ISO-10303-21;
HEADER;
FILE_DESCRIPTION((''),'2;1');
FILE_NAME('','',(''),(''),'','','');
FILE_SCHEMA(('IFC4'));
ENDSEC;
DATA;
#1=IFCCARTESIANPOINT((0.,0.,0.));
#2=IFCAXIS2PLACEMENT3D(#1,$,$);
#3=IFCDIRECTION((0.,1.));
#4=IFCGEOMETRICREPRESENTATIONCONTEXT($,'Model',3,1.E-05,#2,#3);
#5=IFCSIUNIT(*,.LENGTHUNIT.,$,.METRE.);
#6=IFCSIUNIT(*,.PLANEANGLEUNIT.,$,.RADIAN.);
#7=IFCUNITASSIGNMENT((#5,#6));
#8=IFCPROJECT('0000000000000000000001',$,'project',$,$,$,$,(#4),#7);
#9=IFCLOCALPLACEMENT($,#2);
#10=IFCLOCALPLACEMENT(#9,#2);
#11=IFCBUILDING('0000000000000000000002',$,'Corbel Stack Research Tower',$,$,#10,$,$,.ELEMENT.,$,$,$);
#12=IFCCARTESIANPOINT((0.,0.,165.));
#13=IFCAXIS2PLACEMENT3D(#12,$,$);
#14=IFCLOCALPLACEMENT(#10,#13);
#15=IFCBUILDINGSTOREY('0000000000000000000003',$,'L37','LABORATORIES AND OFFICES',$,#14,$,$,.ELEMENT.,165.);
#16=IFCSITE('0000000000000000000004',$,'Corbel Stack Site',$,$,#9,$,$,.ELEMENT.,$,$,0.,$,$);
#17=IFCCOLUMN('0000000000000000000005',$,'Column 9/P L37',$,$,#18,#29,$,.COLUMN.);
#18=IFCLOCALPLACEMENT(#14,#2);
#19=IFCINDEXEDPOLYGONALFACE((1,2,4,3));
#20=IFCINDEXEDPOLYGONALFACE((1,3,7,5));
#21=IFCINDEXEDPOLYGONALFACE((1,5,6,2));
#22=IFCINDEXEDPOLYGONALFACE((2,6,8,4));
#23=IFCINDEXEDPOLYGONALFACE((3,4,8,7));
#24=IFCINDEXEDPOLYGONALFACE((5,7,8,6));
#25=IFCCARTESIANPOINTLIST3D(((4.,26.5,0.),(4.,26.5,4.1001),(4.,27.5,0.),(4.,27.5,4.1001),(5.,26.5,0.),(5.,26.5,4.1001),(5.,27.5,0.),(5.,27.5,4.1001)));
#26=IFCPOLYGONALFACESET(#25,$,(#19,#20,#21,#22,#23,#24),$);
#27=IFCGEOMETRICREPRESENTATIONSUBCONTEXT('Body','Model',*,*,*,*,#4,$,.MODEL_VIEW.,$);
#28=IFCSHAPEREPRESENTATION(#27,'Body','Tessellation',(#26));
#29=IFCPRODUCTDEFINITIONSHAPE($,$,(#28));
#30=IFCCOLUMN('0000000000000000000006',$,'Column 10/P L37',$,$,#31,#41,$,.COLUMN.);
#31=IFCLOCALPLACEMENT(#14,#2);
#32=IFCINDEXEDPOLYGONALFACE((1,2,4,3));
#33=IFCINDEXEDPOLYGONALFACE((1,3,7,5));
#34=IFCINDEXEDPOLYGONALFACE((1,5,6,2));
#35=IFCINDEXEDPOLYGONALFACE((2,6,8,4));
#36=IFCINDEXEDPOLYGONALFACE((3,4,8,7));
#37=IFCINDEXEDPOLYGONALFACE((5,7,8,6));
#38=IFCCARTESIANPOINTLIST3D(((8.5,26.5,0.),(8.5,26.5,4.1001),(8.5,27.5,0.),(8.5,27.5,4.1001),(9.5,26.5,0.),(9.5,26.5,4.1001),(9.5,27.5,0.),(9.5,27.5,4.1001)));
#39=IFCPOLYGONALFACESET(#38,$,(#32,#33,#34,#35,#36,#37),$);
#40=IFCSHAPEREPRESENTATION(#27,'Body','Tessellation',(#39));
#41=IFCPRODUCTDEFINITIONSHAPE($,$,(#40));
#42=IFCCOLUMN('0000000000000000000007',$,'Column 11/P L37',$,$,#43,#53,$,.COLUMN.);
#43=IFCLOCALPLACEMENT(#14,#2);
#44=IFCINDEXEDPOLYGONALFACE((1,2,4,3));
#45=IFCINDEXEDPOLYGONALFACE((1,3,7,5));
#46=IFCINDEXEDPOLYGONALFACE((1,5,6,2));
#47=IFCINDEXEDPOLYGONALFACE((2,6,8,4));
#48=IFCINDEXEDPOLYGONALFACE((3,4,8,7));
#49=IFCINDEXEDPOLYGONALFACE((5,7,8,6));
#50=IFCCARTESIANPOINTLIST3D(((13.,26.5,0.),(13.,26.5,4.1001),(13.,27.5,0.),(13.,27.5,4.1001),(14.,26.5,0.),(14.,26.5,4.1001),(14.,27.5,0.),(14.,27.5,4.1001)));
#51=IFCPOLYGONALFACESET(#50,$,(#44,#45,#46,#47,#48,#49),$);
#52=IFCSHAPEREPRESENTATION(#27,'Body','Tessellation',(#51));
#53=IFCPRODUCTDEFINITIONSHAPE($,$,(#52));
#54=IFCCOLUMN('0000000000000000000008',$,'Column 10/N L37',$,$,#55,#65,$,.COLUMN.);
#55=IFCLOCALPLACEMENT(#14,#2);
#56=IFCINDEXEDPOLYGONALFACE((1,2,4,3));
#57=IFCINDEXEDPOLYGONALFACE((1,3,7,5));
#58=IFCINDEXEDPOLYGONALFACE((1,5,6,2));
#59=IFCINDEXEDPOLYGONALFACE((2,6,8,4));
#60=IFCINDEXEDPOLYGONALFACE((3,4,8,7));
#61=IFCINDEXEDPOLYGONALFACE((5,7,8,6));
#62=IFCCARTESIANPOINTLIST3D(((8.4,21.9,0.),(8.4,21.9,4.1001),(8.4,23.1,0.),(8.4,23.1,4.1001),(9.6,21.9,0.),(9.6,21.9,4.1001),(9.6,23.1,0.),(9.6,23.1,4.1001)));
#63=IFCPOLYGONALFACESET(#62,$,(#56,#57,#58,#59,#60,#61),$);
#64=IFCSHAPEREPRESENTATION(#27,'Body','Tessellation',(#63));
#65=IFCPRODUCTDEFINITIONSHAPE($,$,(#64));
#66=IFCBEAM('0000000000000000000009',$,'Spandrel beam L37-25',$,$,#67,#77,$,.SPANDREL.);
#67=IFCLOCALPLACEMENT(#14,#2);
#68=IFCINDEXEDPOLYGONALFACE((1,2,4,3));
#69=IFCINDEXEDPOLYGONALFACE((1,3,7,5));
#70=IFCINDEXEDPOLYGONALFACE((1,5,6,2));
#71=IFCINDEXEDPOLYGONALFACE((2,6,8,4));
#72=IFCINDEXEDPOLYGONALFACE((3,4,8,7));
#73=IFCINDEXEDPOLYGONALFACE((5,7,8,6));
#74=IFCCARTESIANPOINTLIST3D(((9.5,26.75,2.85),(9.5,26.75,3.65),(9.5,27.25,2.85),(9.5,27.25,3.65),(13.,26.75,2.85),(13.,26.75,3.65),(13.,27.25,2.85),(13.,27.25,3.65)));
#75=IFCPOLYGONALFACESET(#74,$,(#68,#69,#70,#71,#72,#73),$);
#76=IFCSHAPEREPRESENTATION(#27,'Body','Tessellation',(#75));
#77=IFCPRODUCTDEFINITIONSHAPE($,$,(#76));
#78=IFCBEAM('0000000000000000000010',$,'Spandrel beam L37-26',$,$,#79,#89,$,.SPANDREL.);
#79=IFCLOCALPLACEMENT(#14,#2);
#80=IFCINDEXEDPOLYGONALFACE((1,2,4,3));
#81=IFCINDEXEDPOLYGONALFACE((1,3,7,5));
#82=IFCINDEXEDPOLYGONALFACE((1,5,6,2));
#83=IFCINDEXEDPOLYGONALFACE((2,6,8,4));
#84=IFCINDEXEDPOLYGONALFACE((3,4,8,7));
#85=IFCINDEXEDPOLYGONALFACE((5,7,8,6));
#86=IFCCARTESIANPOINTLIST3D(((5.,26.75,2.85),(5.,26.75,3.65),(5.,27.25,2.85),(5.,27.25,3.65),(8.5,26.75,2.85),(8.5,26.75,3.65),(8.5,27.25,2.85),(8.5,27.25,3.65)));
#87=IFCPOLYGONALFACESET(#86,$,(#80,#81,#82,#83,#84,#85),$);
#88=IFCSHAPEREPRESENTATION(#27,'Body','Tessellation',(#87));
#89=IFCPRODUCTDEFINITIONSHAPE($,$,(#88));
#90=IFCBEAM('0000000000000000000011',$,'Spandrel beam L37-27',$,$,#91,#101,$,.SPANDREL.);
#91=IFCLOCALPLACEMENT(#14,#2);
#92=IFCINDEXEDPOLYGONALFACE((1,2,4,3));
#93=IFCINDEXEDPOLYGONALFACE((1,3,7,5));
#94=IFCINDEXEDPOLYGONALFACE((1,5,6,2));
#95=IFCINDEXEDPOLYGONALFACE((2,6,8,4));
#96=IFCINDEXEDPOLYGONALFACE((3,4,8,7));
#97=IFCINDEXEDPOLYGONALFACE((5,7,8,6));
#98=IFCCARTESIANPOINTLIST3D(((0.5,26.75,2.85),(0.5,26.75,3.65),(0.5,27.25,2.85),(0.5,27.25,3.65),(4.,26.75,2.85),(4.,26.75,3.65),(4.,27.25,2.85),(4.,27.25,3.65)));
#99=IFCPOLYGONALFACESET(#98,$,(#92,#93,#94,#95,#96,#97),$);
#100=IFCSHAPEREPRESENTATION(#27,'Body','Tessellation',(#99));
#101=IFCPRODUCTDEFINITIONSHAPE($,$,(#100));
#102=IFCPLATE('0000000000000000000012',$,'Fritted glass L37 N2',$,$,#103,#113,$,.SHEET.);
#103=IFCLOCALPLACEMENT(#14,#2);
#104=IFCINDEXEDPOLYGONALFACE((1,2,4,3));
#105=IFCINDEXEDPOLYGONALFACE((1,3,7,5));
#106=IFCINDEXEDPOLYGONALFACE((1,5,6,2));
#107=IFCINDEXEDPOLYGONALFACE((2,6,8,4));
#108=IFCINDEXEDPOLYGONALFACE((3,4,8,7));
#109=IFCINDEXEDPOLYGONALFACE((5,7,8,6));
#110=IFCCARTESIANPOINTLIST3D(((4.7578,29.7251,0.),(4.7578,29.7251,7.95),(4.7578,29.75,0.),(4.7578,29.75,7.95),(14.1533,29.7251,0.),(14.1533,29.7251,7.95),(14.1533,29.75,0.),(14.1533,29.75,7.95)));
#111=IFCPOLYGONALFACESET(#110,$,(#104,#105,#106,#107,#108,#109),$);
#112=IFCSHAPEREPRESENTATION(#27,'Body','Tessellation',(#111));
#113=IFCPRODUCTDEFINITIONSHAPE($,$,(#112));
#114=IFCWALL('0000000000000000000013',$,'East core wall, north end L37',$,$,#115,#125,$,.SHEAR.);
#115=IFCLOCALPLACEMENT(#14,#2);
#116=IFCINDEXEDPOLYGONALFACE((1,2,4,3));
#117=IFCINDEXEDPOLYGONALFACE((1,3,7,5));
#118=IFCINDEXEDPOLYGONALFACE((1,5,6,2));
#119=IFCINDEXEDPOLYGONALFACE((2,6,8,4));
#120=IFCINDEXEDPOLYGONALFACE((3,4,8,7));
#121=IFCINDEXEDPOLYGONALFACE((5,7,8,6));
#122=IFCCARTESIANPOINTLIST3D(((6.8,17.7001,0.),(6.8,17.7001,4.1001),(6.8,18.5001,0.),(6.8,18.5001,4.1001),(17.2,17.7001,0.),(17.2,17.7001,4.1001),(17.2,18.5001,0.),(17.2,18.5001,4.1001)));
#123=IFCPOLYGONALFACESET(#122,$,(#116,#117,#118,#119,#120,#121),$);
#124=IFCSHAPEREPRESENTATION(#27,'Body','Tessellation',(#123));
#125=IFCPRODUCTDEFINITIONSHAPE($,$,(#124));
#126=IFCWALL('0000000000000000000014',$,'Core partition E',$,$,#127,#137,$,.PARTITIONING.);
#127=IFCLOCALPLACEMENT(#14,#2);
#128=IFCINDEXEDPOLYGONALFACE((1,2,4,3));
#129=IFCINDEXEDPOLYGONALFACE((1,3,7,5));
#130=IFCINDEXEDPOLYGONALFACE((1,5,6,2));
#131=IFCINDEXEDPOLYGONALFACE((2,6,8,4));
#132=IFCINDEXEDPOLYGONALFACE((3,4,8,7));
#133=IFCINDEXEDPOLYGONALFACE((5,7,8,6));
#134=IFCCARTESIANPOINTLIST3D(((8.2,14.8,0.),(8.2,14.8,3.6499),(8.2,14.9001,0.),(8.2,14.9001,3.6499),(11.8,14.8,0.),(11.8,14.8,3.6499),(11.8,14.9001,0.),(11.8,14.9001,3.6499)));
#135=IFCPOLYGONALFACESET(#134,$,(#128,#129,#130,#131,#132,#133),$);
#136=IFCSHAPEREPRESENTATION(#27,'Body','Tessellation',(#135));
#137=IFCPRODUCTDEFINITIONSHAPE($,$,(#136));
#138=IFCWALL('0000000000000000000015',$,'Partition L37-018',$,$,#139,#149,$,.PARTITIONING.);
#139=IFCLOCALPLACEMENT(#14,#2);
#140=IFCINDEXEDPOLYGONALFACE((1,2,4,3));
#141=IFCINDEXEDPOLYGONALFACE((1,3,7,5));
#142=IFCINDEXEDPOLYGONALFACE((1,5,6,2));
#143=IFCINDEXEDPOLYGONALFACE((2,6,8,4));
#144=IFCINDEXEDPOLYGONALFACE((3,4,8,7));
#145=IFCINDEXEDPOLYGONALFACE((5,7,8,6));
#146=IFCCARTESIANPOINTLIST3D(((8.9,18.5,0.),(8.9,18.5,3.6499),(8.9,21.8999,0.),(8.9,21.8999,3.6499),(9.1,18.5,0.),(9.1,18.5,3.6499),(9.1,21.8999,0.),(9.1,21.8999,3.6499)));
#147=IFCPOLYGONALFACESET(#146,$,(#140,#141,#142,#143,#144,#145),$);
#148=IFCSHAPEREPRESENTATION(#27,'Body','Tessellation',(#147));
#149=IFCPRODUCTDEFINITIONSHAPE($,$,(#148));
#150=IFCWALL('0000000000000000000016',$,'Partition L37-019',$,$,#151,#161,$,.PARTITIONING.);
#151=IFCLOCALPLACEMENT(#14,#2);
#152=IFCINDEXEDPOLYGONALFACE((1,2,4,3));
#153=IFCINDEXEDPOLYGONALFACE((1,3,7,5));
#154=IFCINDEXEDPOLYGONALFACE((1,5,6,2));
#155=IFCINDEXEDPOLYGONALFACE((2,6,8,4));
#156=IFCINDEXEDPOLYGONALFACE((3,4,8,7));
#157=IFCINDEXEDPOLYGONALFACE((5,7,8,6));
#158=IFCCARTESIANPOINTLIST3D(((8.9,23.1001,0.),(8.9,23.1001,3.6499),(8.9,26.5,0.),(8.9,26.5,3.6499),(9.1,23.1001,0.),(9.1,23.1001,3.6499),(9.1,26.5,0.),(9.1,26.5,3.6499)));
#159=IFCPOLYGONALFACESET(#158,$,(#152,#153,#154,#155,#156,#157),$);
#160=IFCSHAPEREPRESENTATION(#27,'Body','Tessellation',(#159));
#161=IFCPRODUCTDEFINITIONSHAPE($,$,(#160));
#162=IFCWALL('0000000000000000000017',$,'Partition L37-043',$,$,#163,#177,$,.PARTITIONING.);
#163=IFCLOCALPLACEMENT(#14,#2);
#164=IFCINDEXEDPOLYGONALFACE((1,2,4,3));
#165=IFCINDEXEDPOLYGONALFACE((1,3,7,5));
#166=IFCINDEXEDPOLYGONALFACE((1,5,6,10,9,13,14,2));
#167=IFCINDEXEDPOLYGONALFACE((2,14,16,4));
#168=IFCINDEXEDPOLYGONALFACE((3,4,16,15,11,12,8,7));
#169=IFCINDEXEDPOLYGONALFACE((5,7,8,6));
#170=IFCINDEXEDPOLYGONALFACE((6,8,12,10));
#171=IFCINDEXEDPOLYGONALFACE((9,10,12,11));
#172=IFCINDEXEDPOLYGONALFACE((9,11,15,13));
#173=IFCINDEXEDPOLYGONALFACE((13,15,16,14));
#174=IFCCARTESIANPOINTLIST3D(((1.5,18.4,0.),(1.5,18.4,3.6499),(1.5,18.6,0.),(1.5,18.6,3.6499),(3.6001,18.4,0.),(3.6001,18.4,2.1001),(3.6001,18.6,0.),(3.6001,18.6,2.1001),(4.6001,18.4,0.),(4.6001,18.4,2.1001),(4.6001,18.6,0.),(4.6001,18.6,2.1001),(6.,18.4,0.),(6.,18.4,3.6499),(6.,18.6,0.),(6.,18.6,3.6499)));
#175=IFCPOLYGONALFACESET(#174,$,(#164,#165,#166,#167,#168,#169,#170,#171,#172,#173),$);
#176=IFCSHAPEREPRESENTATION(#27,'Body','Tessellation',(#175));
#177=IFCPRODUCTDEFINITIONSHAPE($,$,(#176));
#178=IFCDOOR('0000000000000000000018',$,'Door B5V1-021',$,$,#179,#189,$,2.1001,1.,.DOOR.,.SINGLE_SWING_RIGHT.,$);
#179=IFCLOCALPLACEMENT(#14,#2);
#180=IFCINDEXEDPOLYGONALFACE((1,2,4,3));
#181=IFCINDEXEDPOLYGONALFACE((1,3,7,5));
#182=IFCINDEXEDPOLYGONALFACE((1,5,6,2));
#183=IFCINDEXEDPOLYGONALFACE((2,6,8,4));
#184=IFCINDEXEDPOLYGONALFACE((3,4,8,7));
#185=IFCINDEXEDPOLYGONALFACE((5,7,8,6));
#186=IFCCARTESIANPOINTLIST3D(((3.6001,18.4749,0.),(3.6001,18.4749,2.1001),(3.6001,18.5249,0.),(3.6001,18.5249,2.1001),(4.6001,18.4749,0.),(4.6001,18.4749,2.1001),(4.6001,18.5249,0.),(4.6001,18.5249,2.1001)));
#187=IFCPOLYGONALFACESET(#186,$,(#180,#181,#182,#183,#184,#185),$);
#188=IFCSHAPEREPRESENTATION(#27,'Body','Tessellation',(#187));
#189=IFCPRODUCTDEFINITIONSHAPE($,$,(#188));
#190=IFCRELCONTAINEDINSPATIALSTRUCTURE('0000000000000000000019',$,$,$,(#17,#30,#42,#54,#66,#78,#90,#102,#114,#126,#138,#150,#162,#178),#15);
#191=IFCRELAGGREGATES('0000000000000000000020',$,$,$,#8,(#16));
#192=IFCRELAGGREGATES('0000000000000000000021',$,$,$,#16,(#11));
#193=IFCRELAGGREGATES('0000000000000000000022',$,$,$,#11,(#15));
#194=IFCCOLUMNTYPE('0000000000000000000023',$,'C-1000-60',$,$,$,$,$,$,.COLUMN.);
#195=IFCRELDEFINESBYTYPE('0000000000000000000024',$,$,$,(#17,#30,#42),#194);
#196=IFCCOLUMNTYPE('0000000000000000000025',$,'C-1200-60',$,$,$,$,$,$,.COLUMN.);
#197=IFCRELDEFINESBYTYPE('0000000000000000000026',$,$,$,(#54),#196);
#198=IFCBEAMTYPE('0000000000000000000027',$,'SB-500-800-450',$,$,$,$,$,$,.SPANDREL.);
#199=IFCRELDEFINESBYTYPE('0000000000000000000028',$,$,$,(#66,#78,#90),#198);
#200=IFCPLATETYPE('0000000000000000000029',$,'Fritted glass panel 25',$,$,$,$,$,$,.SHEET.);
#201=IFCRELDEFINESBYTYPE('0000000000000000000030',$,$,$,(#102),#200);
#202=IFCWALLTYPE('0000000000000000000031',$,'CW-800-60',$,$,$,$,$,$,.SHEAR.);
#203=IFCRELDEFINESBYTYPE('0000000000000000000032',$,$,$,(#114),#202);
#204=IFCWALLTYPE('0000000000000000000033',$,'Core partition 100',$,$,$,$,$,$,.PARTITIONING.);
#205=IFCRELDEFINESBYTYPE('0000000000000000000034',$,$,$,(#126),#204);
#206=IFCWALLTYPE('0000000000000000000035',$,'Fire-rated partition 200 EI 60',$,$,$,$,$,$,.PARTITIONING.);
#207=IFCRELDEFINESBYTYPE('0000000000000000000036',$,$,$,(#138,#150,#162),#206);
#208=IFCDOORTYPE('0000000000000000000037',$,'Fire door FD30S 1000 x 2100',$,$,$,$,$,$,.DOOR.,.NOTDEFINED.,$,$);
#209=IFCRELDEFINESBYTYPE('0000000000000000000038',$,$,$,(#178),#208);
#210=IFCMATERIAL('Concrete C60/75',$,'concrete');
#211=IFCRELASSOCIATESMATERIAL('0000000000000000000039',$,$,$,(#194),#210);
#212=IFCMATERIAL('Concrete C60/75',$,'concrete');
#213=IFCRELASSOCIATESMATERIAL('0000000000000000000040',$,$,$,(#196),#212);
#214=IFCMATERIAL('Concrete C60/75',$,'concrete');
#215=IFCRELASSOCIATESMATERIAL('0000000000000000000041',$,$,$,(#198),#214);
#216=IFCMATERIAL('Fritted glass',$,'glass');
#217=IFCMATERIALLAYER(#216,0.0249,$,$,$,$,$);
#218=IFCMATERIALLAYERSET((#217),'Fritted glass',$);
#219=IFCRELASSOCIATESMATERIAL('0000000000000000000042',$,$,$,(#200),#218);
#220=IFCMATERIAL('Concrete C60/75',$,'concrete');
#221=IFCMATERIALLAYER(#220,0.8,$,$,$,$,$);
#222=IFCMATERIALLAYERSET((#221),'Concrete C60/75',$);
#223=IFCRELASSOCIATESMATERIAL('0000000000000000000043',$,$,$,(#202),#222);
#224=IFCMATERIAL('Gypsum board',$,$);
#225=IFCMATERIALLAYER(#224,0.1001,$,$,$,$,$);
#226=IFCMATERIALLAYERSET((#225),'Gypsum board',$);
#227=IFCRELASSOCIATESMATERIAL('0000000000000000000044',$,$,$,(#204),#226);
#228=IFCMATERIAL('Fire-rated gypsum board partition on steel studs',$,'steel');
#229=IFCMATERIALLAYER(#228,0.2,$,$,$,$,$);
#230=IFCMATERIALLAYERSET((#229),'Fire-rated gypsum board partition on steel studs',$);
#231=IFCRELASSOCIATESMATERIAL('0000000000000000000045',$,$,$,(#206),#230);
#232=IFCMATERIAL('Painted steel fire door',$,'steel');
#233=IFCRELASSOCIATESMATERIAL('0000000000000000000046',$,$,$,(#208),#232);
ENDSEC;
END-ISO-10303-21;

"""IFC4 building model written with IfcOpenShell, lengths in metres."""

from ifc_helpers import new_model, si_unit, direction, frame, frame_2d, origin, origin_2d, place, context, subcontext, project, spatial, rectangle, extrude, material, layer, layer_set, material_profile, profile_set, type_object, element, fill, save


model = new_model("IFC4")

# Units and contexts
model_context = context("Model", 3, precision=1e-05, world=origin(), true_north=direction((0.0, 1.0)))
body_context = subcontext(model_context, "Body", "Model", "MODEL_VIEW")
ifc_project = project(units=[si_unit("LENGTHUNIT", "METRE"), si_unit("PLANEANGLEUNIT", "RADIAN")], contexts=[model_context])

# Site, building, storey
site_placement = place(None, origin())
site = spatial("IfcSite", under=ifc_project, at=site_placement, Name="Corbel Stack Site", CompositionType="ELEMENT", RefElevation=0.0)
building_placement = place(site_placement, origin())
building = spatial("IfcBuilding", under=site, at=building_placement, Name="Corbel Stack Research Tower", CompositionType="ELEMENT")
storey_placement = place(building_placement, frame((0.0, 0.0, 165.0)))
storey = spatial("IfcBuildingStorey", under=building, at=storey_placement, Name="L37", Description="LABORATORIES AND OFFICES", CompositionType="ELEMENT", Elevation=165.0)

# Columns
ifc_material_1 = material(Name="Concrete C60/75", Category="concrete")
ifc_material_profile_1 = material_profile(ifc_material_1, rectangle(XDim=1.0, YDim=1.0, at=origin_2d()), Name="RC 1000 x 1000")
ifc_profile_set_1 = profile_set([ifc_material_profile_1], Name="Concrete C60/75")
column_type_1 = type_object("IfcColumnType", Name="C-1000-60", PredefinedType="COLUMN", material=ifc_profile_set_1)
for number, where, z_axis, x_axis, name in (
    (1, (4.5, 27.0, 0.0), (0.0, 0.0, 1.0), (1.0, 0.0, 0.0), "Column 9/P L37"),
    (2, (9.0, 27.0, 0.0), (0.0, 0.0, 1.0), (1.0, 0.0, 0.0), "Column 10/P L37"),
    (3, (13.5, 27.0, 0.0), (0.0, 0.0, 1.0), (1.0, 0.0, 0.0), "Column 11/P L37"),
):
    element("IfcColumn", number, at=place(storey_placement, frame(where, z_axis=z_axis, x_axis=x_axis)), inside=storey, type_object=column_type_1, Name=name, PredefinedType="COLUMN", context=body_context, shape_type="SweptSolid", body=[
        extrude(rectangle(XDim=1.0, YDim=1.0, at=origin_2d()), origin(), (0.0, 0.0, 1.0), 4.1001),
    ])
ifc_material_2 = material(Name="Concrete C60/75", Category="concrete")
ifc_material_profile_2 = material_profile(ifc_material_2, rectangle(XDim=1.2, YDim=1.2, at=origin_2d()), Name="RC 1200 x 1200")
ifc_profile_set_2 = profile_set([ifc_material_profile_2], Name="Concrete C60/75")
column_type_2 = type_object("IfcColumnType", Name="C-1200-60", PredefinedType="COLUMN", material=ifc_profile_set_2)
column_placement = place(storey_placement, frame((9.0, 22.5, 0.0), z_axis=(0.0, 0.0, 1.0), x_axis=(1.0, 0.0, 0.0)))
element("IfcColumn", 4, at=column_placement, inside=storey, type_object=column_type_2, Name="Column 10/N L37", PredefinedType="COLUMN", context=body_context, shape_type="SweptSolid", body=[
    extrude(rectangle(XDim=1.2, YDim=1.2, at=origin_2d()), origin(), (0.0, 0.0, 1.0), 4.1001),
])

# Beams
ifc_material_3 = material(Name="Concrete C60/75", Category="concrete")
ifc_material_profile_3 = material_profile(ifc_material_3, rectangle(XDim=0.5, YDim=0.8, at=origin_2d()), Name="RC 500 x 800")
ifc_profile_set_3 = profile_set([ifc_material_profile_3], Name="Concrete C60/75")
beam_type = type_object("IfcBeamType", Name="SB-500-800-450", PredefinedType="SPANDREL", material=ifc_profile_set_3)
for number, where, z_axis, x_axis, name in (
    (5, (13.0, 27.0, 3.25), (-1.0, 0.0, 0.0), (0.0, -1.0, 0.0), "Spandrel beam L37-25"),
    (6, (8.5, 27.0, 3.25), (-1.0, 0.0, 0.0), (0.0, -1.0, 0.0), "Spandrel beam L37-26"),
    (7, (4.0, 27.0, 3.25), (-1.0, 0.0, 0.0), (0.0, -1.0, 0.0), "Spandrel beam L37-27"),
):
    element("IfcBeam", number, at=place(storey_placement, frame(where, z_axis=z_axis, x_axis=x_axis)), inside=storey, type_object=beam_type, Name=name, PredefinedType="SPANDREL", context=body_context, shape_type="SweptSolid", body=[
        extrude(rectangle(XDim=0.5, YDim=0.8, at=origin_2d()), origin(), (0.0, 0.0, 1.0), 3.5),
    ])

# Plate
ifc_material_4 = material(Name="Fritted glass", Category="glass")
ifc_layer_1 = layer(ifc_material_4, 0.0249)
ifc_layer_set_1 = layer_set([ifc_layer_1], Name="Fritted glass")
plate_type = type_object("IfcPlateType", Name="Fritted glass panel 25", PredefinedType="SHEET", material=ifc_layer_set_1)
plate_placement = place(storey_placement, frame((9.4556, 29.7375, 0.0), z_axis=(0.0, 0.0, 1.0), x_axis=(-1.0, 0.0, 0.0)))
element("IfcPlate", 8, at=plate_placement, inside=storey, type_object=plate_type, Name="Fritted glass L37 N2", PredefinedType="SHEET", context=body_context, shape_type="SweptSolid", body=[
    extrude(rectangle(XDim=9.3955, YDim=0.0249, at=origin_2d()), origin(), (0.0, 0.0, 1.0), 7.95),
])

# Walls
ifc_material_5 = material(Name="Concrete C60/75", Category="concrete")
ifc_layer_2 = layer(ifc_material_5, 0.8)
ifc_layer_set_2 = layer_set([ifc_layer_2], Name="Concrete C60/75")
wall_type_1 = type_object("IfcWallType", Name="CW-800-60", PredefinedType="SHEAR", material=ifc_layer_set_2)
wall_1_placement = place(storey_placement, frame((6.8, 18.1001, 0.0), z_axis=(0.0, 0.0, 1.0), x_axis=(1.0, 0.0, 0.0)))
element("IfcWall", 9, at=wall_1_placement, inside=storey, type_object=wall_type_1, Name="East core wall, north end L37", PredefinedType="SHEAR", context=body_context, shape_type="SweptSolid", body=[
    extrude(rectangle(XDim=10.3999, YDim=0.8, at=frame_2d((5.2, 0.0))), origin(), (0.0, 0.0, 1.0), 4.1001),
])
ifc_material_6 = material(Name="Gypsum board")
ifc_layer_3 = layer(ifc_material_6, 0.1001)
ifc_layer_set_3 = layer_set([ifc_layer_3], Name="Gypsum board")
wall_type_2 = type_object("IfcWallType", Name="Core partition 100", PredefinedType="PARTITIONING", material=ifc_layer_set_3)
wall_2_placement = place(storey_placement, frame((8.2, 14.8501, 0.0), z_axis=(0.0, 0.0, 1.0), x_axis=(1.0, 0.0, 0.0)))
element("IfcWall", 10, at=wall_2_placement, inside=storey, type_object=wall_type_2, Name="Core partition E", PredefinedType="PARTITIONING", context=body_context, shape_type="SweptSolid", body=[
    extrude(rectangle(XDim=3.6001, YDim=0.1001, at=frame_2d((1.8, 0.0))), origin(), (0.0, 0.0, 1.0), 3.6499),
])
ifc_material_7 = material(Name="Fire-rated gypsum board partition on steel studs", Category="steel")
ifc_layer_4 = layer(ifc_material_7, 0.2)
ifc_layer_set_4 = layer_set([ifc_layer_4], Name="Fire-rated gypsum board partition on steel studs")
wall_type_3 = type_object("IfcWallType", Name="Fire-rated partition 200 EI 60", PredefinedType="PARTITIONING", material=ifc_layer_set_4)
for number, where, z_axis, x_axis, name in (
    (11, (9.0, 18.5, 0.0), (0.0, 0.0, 1.0), (0.0, 1.0, 0.0), "Partition L37-018"),
    (12, (9.0, 23.1001, 0.0), (0.0, 0.0, 1.0), (0.0, 1.0, 0.0), "Partition L37-019"),
):
    element("IfcWall", number, at=place(storey_placement, frame(where, z_axis=z_axis, x_axis=x_axis)), inside=storey, type_object=wall_type_3, Name=name, PredefinedType="PARTITIONING", context=body_context, shape_type="SweptSolid", body=[
        extrude(rectangle(XDim=3.3999, YDim=0.2, at=frame_2d((1.7, 0.0))), origin(), (0.0, 0.0, 1.0), 3.6499),
    ])

# Wall, opening, door
wall_3_placement = place(storey_placement, frame((1.5, 18.5, 0.0), z_axis=(0.0, 0.0, 1.0), x_axis=(1.0, 0.0, 0.0)))
wall_3 = element("IfcWall", 13, at=wall_3_placement, inside=storey, type_object=wall_type_3, Name="Partition L37-043", PredefinedType="PARTITIONING", context=body_context, shape_type="SweptSolid", body=[
    extrude(rectangle(XDim=4.5, YDim=0.2, at=frame_2d((2.25, 0.0))), origin(), (0.0, 0.0, 1.0), 3.6499),
])
opening_1_placement = place(wall_3_placement, frame((2.1001, 0.0, 0.0)))
opening_1 = element("IfcOpeningElement", 14, at=opening_1_placement, cuts=wall_3, PredefinedType="OPENING", context=body_context, shape_type="SweptSolid", body=[
    extrude(rectangle(XDim=1.0, YDim=2.1001, at=frame_2d((0.5, 1.05))), frame((0.0, 0.1099, 0.0), z_axis=(0.0, -1.0, 0.0), x_axis=(1.0, 0.0, 0.0)), (0.0, 0.0, 1.0), 0.22),
])
ifc_material_8 = material(Name="Painted steel fire door", Category="steel")
door_type_1 = type_object("IfcDoorType", Name="Fire door FD30S 1000 x 2100", OperationType="NOTDEFINED", PredefinedType="DOOR", material=ifc_material_8)
door_1_placement = place(opening_1_placement, origin())
door_1 = element("IfcDoor", 15, at=door_1_placement, inside=storey, type_object=door_type_1, Name="Door B5V1-021", OperationType="SINGLE_SWING_RIGHT", OverallHeight=2.1001, OverallWidth=1.0, PredefinedType="DOOR", context=body_context, shape_type="SweptSolid", body=[
    extrude(rectangle(XDim=1.0, YDim=2.1001, at=frame_2d((0.5, 1.05))), frame((0.0, 0.0249, 0.0), z_axis=(0.0, -1.0, 0.0), x_axis=(1.0, 0.0, 0.0)), (0.0, 0.0, 1.0), 0.05),
])
fill(opening_1, door_1)

save(model, "model.ifc")
